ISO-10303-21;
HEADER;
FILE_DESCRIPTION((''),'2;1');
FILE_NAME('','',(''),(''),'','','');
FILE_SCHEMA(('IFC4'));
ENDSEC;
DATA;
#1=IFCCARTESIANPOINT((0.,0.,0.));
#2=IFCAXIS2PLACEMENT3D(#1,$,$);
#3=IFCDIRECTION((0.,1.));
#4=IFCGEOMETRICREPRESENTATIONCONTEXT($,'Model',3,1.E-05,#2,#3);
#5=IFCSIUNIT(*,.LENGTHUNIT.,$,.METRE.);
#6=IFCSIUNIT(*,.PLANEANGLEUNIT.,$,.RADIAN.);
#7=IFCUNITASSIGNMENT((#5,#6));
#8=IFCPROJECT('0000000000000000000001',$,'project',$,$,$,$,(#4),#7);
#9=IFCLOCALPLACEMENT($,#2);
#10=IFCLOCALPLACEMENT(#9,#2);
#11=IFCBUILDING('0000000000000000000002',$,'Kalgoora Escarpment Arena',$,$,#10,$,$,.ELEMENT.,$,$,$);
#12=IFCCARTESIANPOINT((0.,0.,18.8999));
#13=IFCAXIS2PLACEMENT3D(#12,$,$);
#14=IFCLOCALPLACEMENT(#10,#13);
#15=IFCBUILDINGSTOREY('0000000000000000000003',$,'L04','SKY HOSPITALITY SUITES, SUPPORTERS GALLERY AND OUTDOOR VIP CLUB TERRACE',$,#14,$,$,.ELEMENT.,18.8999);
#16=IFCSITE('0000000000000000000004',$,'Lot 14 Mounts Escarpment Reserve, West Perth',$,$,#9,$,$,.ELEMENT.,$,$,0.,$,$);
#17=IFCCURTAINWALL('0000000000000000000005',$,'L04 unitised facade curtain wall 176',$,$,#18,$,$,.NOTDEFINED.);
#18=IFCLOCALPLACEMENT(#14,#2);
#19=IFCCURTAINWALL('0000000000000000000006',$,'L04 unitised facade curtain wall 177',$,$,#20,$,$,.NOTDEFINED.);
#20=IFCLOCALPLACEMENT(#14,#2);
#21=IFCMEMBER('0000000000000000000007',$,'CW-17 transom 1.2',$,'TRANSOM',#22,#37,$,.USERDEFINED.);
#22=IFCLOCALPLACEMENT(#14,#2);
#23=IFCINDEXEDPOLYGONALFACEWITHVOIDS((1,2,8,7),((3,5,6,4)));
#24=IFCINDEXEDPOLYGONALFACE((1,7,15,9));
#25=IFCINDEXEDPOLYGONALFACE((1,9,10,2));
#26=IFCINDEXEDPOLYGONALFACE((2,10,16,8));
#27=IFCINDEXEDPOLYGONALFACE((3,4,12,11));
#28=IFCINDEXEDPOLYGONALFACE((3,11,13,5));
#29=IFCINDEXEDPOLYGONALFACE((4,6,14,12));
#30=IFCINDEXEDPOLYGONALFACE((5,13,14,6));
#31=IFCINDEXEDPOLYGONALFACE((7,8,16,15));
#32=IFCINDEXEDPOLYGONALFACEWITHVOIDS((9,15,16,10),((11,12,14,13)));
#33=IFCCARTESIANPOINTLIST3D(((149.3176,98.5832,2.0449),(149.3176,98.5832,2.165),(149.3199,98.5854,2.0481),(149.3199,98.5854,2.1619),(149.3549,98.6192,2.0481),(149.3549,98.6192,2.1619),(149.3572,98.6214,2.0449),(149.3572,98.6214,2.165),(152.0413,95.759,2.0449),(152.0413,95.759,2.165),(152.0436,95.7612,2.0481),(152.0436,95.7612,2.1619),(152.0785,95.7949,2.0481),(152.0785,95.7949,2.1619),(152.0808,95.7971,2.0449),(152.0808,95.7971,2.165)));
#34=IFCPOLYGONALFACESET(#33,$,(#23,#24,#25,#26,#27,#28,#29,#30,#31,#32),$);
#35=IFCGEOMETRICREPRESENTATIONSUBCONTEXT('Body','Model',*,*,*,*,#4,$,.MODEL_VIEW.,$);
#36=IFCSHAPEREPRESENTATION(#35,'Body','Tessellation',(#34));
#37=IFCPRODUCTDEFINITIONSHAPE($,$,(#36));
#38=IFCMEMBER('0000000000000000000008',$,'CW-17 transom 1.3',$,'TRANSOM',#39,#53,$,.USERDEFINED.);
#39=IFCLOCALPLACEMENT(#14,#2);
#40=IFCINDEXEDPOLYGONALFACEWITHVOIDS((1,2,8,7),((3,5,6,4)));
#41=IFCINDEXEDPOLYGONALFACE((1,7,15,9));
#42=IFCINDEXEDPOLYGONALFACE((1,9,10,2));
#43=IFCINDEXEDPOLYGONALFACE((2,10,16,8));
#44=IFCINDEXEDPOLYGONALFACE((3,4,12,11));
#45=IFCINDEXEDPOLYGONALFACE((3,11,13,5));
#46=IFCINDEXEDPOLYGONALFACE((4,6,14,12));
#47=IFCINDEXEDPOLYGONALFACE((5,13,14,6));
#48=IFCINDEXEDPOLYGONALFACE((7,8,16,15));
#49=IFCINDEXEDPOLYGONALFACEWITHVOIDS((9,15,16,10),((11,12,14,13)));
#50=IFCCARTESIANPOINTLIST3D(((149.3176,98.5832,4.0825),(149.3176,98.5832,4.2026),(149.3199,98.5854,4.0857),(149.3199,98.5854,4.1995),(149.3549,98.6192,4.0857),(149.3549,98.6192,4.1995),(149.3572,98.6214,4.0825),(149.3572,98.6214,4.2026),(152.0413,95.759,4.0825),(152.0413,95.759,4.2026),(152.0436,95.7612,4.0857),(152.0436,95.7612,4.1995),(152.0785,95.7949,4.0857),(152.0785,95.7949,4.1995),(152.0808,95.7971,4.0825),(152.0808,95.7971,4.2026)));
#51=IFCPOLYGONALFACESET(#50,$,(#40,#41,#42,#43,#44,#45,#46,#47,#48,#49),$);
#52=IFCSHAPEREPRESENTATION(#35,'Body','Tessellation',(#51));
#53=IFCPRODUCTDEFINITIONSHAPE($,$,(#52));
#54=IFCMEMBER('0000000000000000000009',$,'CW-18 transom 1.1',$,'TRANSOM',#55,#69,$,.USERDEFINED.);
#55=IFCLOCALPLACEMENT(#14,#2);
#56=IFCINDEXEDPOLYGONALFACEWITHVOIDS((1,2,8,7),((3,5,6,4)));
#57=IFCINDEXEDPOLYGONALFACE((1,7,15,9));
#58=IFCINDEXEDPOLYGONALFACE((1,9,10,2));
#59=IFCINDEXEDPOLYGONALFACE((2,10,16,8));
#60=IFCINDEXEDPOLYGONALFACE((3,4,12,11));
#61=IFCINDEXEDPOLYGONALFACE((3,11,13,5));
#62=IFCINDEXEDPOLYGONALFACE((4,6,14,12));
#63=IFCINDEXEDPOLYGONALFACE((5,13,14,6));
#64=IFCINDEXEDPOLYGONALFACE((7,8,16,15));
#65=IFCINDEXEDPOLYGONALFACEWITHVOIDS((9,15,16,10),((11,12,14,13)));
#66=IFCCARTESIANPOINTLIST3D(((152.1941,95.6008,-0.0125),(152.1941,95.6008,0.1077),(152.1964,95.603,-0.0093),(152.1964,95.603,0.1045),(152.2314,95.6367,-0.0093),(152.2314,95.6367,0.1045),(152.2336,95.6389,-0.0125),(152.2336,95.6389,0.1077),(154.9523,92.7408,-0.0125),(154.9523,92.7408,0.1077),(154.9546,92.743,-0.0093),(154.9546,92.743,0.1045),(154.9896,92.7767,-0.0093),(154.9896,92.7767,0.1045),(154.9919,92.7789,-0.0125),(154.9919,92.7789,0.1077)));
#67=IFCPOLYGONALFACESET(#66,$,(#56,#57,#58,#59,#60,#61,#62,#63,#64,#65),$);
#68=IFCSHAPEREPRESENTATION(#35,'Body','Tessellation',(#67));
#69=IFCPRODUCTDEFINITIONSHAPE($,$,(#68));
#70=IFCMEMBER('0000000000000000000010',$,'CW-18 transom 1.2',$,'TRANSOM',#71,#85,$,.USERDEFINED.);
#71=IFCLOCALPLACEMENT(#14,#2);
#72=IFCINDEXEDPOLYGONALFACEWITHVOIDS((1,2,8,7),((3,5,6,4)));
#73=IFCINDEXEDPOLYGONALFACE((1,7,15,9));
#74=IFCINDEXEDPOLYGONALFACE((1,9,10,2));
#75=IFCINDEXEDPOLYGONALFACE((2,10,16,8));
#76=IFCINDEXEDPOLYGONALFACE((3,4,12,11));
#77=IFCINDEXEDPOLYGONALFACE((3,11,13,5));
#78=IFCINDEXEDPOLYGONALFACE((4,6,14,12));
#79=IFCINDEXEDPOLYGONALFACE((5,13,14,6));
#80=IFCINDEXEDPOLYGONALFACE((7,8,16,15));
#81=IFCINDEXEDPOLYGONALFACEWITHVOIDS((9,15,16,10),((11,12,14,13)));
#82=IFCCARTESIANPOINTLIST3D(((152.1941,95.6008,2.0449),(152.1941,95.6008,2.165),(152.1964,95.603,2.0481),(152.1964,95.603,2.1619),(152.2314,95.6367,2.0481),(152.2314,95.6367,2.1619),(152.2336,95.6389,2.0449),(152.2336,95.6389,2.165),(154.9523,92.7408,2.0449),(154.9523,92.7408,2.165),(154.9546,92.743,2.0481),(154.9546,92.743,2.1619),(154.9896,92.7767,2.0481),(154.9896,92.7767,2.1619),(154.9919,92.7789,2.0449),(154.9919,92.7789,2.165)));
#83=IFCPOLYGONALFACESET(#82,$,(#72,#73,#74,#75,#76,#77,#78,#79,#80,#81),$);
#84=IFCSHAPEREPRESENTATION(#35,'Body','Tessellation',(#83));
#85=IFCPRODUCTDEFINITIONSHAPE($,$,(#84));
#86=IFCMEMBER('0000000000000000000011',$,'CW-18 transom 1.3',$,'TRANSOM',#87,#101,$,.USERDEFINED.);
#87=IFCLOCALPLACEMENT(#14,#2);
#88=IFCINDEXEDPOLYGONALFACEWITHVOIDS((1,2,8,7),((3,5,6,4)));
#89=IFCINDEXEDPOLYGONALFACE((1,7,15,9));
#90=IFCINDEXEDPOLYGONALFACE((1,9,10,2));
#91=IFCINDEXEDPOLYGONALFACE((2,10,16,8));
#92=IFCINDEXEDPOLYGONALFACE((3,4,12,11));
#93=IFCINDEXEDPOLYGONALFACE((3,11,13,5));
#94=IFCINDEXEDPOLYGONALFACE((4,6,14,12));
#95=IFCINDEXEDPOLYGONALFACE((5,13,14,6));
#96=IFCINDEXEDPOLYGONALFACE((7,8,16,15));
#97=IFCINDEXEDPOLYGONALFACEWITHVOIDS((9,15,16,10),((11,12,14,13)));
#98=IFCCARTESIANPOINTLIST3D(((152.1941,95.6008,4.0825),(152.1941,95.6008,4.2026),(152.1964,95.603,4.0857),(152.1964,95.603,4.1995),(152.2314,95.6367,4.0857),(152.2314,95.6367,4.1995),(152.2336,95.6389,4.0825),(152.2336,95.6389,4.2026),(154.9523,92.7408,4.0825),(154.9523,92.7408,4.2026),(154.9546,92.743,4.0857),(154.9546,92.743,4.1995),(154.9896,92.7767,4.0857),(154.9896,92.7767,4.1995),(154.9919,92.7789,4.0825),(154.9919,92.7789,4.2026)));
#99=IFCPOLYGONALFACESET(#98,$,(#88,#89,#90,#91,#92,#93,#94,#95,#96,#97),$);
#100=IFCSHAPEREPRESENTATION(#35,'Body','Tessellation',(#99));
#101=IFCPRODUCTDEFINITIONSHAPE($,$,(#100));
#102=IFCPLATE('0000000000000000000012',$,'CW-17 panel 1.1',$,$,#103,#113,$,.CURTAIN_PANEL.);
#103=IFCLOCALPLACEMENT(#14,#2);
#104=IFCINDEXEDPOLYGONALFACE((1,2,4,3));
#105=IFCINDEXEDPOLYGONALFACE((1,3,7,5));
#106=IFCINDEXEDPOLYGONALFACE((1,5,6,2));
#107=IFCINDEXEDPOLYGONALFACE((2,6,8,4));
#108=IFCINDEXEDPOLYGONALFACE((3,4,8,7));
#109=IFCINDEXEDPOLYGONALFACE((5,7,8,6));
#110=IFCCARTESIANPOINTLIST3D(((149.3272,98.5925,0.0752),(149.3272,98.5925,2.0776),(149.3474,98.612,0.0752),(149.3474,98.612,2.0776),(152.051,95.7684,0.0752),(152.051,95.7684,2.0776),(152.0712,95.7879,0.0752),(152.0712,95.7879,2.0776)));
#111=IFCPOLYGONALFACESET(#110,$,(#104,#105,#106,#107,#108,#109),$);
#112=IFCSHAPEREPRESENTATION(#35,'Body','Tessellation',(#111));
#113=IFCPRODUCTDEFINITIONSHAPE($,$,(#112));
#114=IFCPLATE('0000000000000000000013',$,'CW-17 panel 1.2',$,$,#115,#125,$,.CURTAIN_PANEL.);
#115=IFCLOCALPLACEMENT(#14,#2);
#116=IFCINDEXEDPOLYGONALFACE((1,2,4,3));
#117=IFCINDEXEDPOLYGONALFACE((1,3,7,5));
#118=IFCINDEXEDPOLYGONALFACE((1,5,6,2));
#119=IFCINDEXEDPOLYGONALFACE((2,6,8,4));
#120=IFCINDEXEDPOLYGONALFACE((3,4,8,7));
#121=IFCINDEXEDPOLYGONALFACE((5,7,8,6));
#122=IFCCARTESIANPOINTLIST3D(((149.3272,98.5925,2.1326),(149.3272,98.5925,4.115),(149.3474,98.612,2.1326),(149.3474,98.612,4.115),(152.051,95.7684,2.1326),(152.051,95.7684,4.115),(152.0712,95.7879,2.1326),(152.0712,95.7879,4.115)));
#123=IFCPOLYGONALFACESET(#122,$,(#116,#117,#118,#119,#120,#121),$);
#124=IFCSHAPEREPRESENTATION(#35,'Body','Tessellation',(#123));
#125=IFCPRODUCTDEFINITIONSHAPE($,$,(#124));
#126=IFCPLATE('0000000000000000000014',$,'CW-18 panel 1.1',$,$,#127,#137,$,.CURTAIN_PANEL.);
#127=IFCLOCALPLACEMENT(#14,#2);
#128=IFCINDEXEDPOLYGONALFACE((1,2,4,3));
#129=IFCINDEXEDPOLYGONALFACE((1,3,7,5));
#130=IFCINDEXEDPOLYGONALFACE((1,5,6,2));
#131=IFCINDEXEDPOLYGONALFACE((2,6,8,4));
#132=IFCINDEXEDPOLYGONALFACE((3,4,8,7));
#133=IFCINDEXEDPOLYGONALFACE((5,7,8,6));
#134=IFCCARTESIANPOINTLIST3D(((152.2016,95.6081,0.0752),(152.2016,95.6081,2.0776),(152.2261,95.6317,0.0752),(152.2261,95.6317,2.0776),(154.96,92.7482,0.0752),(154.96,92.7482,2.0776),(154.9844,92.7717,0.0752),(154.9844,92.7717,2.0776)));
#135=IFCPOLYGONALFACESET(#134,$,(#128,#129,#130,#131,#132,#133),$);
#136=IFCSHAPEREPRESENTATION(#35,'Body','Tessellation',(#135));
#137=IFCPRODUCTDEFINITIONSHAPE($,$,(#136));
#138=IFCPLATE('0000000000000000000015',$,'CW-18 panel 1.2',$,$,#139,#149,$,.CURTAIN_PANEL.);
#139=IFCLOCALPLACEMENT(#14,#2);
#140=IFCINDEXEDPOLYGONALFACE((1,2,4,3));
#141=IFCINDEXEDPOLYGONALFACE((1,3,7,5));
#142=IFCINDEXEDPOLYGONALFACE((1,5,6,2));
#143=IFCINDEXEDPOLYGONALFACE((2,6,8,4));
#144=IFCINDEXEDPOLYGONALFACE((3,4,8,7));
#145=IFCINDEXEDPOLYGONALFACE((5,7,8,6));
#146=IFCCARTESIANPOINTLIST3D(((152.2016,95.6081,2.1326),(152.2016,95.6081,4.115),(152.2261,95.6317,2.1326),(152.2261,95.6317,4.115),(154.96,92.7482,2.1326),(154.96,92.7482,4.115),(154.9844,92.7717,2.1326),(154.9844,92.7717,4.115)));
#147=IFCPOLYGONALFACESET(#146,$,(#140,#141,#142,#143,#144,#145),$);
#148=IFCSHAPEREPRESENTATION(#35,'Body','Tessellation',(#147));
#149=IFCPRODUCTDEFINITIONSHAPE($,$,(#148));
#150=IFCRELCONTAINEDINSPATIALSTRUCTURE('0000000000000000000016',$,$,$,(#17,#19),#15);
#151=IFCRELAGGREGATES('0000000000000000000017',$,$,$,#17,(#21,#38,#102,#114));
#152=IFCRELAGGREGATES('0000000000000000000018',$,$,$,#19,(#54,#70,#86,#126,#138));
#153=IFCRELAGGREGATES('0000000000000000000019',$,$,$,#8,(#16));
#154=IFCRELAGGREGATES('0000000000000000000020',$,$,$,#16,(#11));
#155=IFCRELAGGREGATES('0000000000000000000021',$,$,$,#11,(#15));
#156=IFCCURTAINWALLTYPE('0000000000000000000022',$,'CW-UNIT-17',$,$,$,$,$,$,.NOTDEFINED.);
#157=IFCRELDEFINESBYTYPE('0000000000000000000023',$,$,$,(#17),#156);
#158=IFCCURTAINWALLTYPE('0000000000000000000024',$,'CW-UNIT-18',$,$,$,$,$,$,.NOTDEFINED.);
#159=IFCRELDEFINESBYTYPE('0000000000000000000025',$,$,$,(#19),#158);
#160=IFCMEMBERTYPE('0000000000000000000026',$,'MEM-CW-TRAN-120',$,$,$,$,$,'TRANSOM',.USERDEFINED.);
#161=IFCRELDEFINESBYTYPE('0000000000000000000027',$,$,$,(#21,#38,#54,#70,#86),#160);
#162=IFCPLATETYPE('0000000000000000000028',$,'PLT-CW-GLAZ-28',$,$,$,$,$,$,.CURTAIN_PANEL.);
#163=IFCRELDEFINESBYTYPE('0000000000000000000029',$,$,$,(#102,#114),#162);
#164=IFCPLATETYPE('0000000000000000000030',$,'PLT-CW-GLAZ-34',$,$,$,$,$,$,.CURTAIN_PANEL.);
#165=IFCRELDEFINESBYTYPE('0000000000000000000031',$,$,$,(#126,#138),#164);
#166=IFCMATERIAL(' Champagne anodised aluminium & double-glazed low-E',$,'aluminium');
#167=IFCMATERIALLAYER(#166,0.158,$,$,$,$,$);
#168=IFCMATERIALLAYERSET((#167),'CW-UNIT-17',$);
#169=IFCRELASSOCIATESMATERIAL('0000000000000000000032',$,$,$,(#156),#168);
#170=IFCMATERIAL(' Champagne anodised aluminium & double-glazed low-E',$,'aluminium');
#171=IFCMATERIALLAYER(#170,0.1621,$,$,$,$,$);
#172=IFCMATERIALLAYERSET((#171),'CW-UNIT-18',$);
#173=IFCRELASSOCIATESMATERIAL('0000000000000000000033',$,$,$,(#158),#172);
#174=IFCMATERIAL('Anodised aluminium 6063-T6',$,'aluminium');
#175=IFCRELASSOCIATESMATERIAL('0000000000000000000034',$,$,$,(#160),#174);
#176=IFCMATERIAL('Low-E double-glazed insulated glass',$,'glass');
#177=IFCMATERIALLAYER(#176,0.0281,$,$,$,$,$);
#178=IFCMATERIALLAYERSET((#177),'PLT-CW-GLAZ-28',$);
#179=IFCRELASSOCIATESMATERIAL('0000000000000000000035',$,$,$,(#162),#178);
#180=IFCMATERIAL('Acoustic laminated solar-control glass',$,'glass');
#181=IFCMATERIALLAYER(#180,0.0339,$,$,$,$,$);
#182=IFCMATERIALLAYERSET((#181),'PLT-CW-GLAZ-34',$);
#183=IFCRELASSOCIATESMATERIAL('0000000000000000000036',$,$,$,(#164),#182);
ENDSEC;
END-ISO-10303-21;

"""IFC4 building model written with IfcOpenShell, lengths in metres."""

from ifc_helpers import new_model, si_unit, direction, frame, origin, origin_2d, place, context, subcontext, project, spatial, rectangle, hollow_rectangle, extrude, material, layer, layer_set, material_profile, profile_set, type_object, element, aggregate, save


model = new_model("IFC4")

# Units and contexts
model_context = context("Model", 3, precision=1e-05, world=origin(), true_north=direction((0.0, 1.0)))
body_context = subcontext(model_context, "Body", "Model", "MODEL_VIEW")
ifc_project = project(units=[si_unit("LENGTHUNIT", "METRE"), si_unit("PLANEANGLEUNIT", "RADIAN")], contexts=[model_context])

# Site, building, storey
site_placement = place(None, origin())
site = spatial("IfcSite", under=ifc_project, at=site_placement, Name="Lot 14 Mounts Escarpment Reserve, West Perth", CompositionType="ELEMENT", RefElevation=0.0)
building_placement = place(site_placement, origin())
building = spatial("IfcBuilding", under=site, at=building_placement, Name="Kalgoora Escarpment Arena", CompositionType="ELEMENT")
storey_placement = place(building_placement, frame((0.0, 0.0, 18.8999)))
storey = spatial("IfcBuildingStorey", under=building, at=storey_placement, Name="L04", Description="SKY HOSPITALITY SUITES, SUPPORTERS GALLERY AND OUTDOOR VIP CLUB TERRACE", CompositionType="ELEMENT", Elevation=18.8999)

# Curtain walls
ifc_material_1 = material(Name=" Champagne anodised aluminium & double-glazed low-E", Category="aluminium")
ifc_layer_1 = layer(ifc_material_1, 0.158)
ifc_layer_set_1 = layer_set([ifc_layer_1], Name="CW-UNIT-17")
curtain_wall_type_1 = type_object("IfcCurtainWallType", Name="CW-UNIT-17", PredefinedType="NOTDEFINED", material=ifc_layer_set_1)
curtain_wall_1_placement = place(storey_placement, origin())
curtain_wall_1 = element("IfcCurtainWall", 1, at=curtain_wall_1_placement, inside=storey, type_object=curtain_wall_type_1, Name="L04 unitised facade curtain wall 176", PredefinedType="NOTDEFINED")
ifc_material_2 = material(Name=" Champagne anodised aluminium & double-glazed low-E", Category="aluminium")
ifc_layer_2 = layer(ifc_material_2, 0.1621)
ifc_layer_set_2 = layer_set([ifc_layer_2], Name="CW-UNIT-18")
curtain_wall_type_2 = type_object("IfcCurtainWallType", Name="CW-UNIT-18", PredefinedType="NOTDEFINED", material=ifc_layer_set_2)
curtain_wall_2_placement = place(storey_placement, origin())
curtain_wall_2 = element("IfcCurtainWall", 2, at=curtain_wall_2_placement, inside=storey, type_object=curtain_wall_type_2, Name="L04 unitised facade curtain wall 177", PredefinedType="NOTDEFINED")

# Members
ifc_material_3 = material(Name="Anodised aluminium 6063-T6", Category="aluminium")
ifc_material_profile_1 = material_profile(ifc_material_3, hollow_rectangle(XDim=0.0549, YDim=0.1201, WallThickness=0.0032, at=origin_2d()))
ifc_profile_set_1 = profile_set([ifc_material_profile_1], Name="Anodised aluminium 6063-T6")
member_type_1 = type_object("IfcMemberType", Name="MEM-CW-TRAN-120", ElementType="TRANSOM", PredefinedType="USERDEFINED", material=ifc_profile_set_1)
member_1_placement = place(storey_placement, frame((149.3374, 98.6023, 2.105), z_axis=(0.694172, -0.719809, 0.0), x_axis=(0.719809, 0.694172, 0.0)))
member_1 = element("IfcMember", 3, at=member_1_placement, type_object=member_type_1, Name="CW-17 transom 1.2", ObjectType="TRANSOM", PredefinedType="USERDEFINED", context=body_context, shape_type="SweptSolid", body=[
    extrude(hollow_rectangle(XDim=0.0549, YDim=0.1201, WallThickness=0.0032, at=origin_2d()), origin(), (0.0, 0.0, 1.0), 3.9236),
])
member_2_placement = place(storey_placement, frame((149.3374, 98.6023, 4.1426), z_axis=(0.694172, -0.719809, 0.0), x_axis=(0.719809, 0.694172, 0.0)))
member_2 = element("IfcMember", 4, at=member_2_placement, type_object=member_type_1, Name="CW-17 transom 1.3", ObjectType="TRANSOM", PredefinedType="USERDEFINED", context=body_context, shape_type="SweptSolid", body=[
    extrude(hollow_rectangle(XDim=0.0549, YDim=0.1201, WallThickness=0.0032, at=origin_2d()), origin(), (0.0, 0.0, 1.0), 3.9236),
])
member_3_placement = place(storey_placement, frame((152.2139, 95.6199, 0.0476), z_axis=(0.69418, -0.719802, 0.0), x_axis=(0.719802, 0.69418, 0.0)))
member_3 = element("IfcMember", 5, at=member_3_placement, type_object=member_type_1, Name="CW-18 transom 1.1", ObjectType="TRANSOM", PredefinedType="USERDEFINED", context=body_context, shape_type="SweptSolid", body=[
    extrude(hollow_rectangle(XDim=0.0549, YDim=0.1201, WallThickness=0.0032, at=origin_2d()), origin(), (0.0, 0.0, 1.0), 3.9734),
])
member_4_placement = place(storey_placement, frame((152.2139, 95.6199, 2.105), z_axis=(0.69418, -0.719802, 0.0), x_axis=(0.719802, 0.69418, 0.0)))
member_4 = element("IfcMember", 6, at=member_4_placement, type_object=member_type_1, Name="CW-18 transom 1.2", ObjectType="TRANSOM", PredefinedType="USERDEFINED", context=body_context, shape_type="SweptSolid", body=[
    extrude(hollow_rectangle(XDim=0.0549, YDim=0.1201, WallThickness=0.0032, at=origin_2d()), origin(), (0.0, 0.0, 1.0), 3.9734),
])
member_5_placement = place(storey_placement, frame((152.2139, 95.6199, 4.1426), z_axis=(0.69418, -0.719802, 0.0), x_axis=(0.719802, 0.69418, 0.0)))
member_5 = element("IfcMember", 7, at=member_5_placement, type_object=member_type_1, Name="CW-18 transom 1.3", ObjectType="TRANSOM", PredefinedType="USERDEFINED", context=body_context, shape_type="SweptSolid", body=[
    extrude(hollow_rectangle(XDim=0.0549, YDim=0.1201, WallThickness=0.0032, at=origin_2d()), origin(), (0.0, 0.0, 1.0), 3.9734),
])

# Plates
ifc_material_4 = material(Name="Low-E double-glazed insulated glass", Category="glass")
ifc_layer_3 = layer(ifc_material_4, 0.0281)
ifc_layer_set_3 = layer_set([ifc_layer_3], Name="PLT-CW-GLAZ-28")
plate_type_1 = type_object("IfcPlateType", Name="PLT-CW-GLAZ-28", PredefinedType="CURTAIN_PANEL", material=ifc_layer_set_3)
plate_1_placement = place(storey_placement, frame((150.6992, 97.1902, 0.0752), z_axis=(0.0, 0.0, 1.0), x_axis=(0.694205, -0.719777, 0.0)))
plate_1 = element("IfcPlate", 8, at=plate_1_placement, type_object=plate_type_1, Name="CW-17 panel 1.1", PredefinedType="CURTAIN_PANEL", context=body_context, shape_type="SweptSolid", body=[
    extrude(rectangle(XDim=3.9236, YDim=0.0281, at=origin_2d()), origin(), (0.0, 0.0, 1.0), 2.0024),
])
plate_2_placement = place(storey_placement, frame((150.6992, 97.1902, 2.1326), z_axis=(0.0, 0.0, 1.0), x_axis=(0.694205, -0.719777, 0.0)))
plate_2 = element("IfcPlate", 9, at=plate_2_placement, type_object=plate_type_1, Name="CW-17 panel 1.2", PredefinedType="CURTAIN_PANEL", context=body_context, shape_type="SweptSolid", body=[
    extrude(rectangle(XDim=3.9236, YDim=0.0281, at=origin_2d()), origin(), (0.0, 0.0, 1.0), 1.9824),
])
aggregate(curtain_wall_1, [member_1, member_2, plate_1, plate_2])
ifc_material_5 = material(Name="Acoustic laminated solar-control glass", Category="glass")
ifc_layer_4 = layer(ifc_material_5, 0.0339)
ifc_layer_set_4 = layer_set([ifc_layer_4], Name="PLT-CW-GLAZ-34")
plate_type_2 = type_object("IfcPlateType", Name="PLT-CW-GLAZ-34", PredefinedType="CURTAIN_PANEL", material=ifc_layer_set_4)
plate_3_placement = place(storey_placement, frame((153.593, 94.1899, 0.0752), z_axis=(0.0, 0.0, 1.0), x_axis=(0.694202, -0.71978, 0.0)))
plate_3 = element("IfcPlate", 10, at=plate_3_placement, type_object=plate_type_2, Name="CW-18 panel 1.1", PredefinedType="CURTAIN_PANEL", context=body_context, shape_type="SweptSolid", body=[
    extrude(rectangle(XDim=3.9734, YDim=0.0339, at=origin_2d()), origin(), (0.0, 0.0, 1.0), 2.0024),
])
plate_4_placement = place(storey_placement, frame((153.593, 94.1899, 2.1326), z_axis=(0.0, 0.0, 1.0), x_axis=(0.694202, -0.71978, 0.0)))
plate_4 = element("IfcPlate", 11, at=plate_4_placement, type_object=plate_type_2, Name="CW-18 panel 1.2", PredefinedType="CURTAIN_PANEL", context=body_context, shape_type="SweptSolid", body=[
    extrude(rectangle(XDim=3.9734, YDim=0.0339, at=origin_2d()), origin(), (0.0, 0.0, 1.0), 1.9824),
])
aggregate(curtain_wall_2, [member_3, member_4, member_5, plate_3, plate_4])

save(model, "model.ifc")
